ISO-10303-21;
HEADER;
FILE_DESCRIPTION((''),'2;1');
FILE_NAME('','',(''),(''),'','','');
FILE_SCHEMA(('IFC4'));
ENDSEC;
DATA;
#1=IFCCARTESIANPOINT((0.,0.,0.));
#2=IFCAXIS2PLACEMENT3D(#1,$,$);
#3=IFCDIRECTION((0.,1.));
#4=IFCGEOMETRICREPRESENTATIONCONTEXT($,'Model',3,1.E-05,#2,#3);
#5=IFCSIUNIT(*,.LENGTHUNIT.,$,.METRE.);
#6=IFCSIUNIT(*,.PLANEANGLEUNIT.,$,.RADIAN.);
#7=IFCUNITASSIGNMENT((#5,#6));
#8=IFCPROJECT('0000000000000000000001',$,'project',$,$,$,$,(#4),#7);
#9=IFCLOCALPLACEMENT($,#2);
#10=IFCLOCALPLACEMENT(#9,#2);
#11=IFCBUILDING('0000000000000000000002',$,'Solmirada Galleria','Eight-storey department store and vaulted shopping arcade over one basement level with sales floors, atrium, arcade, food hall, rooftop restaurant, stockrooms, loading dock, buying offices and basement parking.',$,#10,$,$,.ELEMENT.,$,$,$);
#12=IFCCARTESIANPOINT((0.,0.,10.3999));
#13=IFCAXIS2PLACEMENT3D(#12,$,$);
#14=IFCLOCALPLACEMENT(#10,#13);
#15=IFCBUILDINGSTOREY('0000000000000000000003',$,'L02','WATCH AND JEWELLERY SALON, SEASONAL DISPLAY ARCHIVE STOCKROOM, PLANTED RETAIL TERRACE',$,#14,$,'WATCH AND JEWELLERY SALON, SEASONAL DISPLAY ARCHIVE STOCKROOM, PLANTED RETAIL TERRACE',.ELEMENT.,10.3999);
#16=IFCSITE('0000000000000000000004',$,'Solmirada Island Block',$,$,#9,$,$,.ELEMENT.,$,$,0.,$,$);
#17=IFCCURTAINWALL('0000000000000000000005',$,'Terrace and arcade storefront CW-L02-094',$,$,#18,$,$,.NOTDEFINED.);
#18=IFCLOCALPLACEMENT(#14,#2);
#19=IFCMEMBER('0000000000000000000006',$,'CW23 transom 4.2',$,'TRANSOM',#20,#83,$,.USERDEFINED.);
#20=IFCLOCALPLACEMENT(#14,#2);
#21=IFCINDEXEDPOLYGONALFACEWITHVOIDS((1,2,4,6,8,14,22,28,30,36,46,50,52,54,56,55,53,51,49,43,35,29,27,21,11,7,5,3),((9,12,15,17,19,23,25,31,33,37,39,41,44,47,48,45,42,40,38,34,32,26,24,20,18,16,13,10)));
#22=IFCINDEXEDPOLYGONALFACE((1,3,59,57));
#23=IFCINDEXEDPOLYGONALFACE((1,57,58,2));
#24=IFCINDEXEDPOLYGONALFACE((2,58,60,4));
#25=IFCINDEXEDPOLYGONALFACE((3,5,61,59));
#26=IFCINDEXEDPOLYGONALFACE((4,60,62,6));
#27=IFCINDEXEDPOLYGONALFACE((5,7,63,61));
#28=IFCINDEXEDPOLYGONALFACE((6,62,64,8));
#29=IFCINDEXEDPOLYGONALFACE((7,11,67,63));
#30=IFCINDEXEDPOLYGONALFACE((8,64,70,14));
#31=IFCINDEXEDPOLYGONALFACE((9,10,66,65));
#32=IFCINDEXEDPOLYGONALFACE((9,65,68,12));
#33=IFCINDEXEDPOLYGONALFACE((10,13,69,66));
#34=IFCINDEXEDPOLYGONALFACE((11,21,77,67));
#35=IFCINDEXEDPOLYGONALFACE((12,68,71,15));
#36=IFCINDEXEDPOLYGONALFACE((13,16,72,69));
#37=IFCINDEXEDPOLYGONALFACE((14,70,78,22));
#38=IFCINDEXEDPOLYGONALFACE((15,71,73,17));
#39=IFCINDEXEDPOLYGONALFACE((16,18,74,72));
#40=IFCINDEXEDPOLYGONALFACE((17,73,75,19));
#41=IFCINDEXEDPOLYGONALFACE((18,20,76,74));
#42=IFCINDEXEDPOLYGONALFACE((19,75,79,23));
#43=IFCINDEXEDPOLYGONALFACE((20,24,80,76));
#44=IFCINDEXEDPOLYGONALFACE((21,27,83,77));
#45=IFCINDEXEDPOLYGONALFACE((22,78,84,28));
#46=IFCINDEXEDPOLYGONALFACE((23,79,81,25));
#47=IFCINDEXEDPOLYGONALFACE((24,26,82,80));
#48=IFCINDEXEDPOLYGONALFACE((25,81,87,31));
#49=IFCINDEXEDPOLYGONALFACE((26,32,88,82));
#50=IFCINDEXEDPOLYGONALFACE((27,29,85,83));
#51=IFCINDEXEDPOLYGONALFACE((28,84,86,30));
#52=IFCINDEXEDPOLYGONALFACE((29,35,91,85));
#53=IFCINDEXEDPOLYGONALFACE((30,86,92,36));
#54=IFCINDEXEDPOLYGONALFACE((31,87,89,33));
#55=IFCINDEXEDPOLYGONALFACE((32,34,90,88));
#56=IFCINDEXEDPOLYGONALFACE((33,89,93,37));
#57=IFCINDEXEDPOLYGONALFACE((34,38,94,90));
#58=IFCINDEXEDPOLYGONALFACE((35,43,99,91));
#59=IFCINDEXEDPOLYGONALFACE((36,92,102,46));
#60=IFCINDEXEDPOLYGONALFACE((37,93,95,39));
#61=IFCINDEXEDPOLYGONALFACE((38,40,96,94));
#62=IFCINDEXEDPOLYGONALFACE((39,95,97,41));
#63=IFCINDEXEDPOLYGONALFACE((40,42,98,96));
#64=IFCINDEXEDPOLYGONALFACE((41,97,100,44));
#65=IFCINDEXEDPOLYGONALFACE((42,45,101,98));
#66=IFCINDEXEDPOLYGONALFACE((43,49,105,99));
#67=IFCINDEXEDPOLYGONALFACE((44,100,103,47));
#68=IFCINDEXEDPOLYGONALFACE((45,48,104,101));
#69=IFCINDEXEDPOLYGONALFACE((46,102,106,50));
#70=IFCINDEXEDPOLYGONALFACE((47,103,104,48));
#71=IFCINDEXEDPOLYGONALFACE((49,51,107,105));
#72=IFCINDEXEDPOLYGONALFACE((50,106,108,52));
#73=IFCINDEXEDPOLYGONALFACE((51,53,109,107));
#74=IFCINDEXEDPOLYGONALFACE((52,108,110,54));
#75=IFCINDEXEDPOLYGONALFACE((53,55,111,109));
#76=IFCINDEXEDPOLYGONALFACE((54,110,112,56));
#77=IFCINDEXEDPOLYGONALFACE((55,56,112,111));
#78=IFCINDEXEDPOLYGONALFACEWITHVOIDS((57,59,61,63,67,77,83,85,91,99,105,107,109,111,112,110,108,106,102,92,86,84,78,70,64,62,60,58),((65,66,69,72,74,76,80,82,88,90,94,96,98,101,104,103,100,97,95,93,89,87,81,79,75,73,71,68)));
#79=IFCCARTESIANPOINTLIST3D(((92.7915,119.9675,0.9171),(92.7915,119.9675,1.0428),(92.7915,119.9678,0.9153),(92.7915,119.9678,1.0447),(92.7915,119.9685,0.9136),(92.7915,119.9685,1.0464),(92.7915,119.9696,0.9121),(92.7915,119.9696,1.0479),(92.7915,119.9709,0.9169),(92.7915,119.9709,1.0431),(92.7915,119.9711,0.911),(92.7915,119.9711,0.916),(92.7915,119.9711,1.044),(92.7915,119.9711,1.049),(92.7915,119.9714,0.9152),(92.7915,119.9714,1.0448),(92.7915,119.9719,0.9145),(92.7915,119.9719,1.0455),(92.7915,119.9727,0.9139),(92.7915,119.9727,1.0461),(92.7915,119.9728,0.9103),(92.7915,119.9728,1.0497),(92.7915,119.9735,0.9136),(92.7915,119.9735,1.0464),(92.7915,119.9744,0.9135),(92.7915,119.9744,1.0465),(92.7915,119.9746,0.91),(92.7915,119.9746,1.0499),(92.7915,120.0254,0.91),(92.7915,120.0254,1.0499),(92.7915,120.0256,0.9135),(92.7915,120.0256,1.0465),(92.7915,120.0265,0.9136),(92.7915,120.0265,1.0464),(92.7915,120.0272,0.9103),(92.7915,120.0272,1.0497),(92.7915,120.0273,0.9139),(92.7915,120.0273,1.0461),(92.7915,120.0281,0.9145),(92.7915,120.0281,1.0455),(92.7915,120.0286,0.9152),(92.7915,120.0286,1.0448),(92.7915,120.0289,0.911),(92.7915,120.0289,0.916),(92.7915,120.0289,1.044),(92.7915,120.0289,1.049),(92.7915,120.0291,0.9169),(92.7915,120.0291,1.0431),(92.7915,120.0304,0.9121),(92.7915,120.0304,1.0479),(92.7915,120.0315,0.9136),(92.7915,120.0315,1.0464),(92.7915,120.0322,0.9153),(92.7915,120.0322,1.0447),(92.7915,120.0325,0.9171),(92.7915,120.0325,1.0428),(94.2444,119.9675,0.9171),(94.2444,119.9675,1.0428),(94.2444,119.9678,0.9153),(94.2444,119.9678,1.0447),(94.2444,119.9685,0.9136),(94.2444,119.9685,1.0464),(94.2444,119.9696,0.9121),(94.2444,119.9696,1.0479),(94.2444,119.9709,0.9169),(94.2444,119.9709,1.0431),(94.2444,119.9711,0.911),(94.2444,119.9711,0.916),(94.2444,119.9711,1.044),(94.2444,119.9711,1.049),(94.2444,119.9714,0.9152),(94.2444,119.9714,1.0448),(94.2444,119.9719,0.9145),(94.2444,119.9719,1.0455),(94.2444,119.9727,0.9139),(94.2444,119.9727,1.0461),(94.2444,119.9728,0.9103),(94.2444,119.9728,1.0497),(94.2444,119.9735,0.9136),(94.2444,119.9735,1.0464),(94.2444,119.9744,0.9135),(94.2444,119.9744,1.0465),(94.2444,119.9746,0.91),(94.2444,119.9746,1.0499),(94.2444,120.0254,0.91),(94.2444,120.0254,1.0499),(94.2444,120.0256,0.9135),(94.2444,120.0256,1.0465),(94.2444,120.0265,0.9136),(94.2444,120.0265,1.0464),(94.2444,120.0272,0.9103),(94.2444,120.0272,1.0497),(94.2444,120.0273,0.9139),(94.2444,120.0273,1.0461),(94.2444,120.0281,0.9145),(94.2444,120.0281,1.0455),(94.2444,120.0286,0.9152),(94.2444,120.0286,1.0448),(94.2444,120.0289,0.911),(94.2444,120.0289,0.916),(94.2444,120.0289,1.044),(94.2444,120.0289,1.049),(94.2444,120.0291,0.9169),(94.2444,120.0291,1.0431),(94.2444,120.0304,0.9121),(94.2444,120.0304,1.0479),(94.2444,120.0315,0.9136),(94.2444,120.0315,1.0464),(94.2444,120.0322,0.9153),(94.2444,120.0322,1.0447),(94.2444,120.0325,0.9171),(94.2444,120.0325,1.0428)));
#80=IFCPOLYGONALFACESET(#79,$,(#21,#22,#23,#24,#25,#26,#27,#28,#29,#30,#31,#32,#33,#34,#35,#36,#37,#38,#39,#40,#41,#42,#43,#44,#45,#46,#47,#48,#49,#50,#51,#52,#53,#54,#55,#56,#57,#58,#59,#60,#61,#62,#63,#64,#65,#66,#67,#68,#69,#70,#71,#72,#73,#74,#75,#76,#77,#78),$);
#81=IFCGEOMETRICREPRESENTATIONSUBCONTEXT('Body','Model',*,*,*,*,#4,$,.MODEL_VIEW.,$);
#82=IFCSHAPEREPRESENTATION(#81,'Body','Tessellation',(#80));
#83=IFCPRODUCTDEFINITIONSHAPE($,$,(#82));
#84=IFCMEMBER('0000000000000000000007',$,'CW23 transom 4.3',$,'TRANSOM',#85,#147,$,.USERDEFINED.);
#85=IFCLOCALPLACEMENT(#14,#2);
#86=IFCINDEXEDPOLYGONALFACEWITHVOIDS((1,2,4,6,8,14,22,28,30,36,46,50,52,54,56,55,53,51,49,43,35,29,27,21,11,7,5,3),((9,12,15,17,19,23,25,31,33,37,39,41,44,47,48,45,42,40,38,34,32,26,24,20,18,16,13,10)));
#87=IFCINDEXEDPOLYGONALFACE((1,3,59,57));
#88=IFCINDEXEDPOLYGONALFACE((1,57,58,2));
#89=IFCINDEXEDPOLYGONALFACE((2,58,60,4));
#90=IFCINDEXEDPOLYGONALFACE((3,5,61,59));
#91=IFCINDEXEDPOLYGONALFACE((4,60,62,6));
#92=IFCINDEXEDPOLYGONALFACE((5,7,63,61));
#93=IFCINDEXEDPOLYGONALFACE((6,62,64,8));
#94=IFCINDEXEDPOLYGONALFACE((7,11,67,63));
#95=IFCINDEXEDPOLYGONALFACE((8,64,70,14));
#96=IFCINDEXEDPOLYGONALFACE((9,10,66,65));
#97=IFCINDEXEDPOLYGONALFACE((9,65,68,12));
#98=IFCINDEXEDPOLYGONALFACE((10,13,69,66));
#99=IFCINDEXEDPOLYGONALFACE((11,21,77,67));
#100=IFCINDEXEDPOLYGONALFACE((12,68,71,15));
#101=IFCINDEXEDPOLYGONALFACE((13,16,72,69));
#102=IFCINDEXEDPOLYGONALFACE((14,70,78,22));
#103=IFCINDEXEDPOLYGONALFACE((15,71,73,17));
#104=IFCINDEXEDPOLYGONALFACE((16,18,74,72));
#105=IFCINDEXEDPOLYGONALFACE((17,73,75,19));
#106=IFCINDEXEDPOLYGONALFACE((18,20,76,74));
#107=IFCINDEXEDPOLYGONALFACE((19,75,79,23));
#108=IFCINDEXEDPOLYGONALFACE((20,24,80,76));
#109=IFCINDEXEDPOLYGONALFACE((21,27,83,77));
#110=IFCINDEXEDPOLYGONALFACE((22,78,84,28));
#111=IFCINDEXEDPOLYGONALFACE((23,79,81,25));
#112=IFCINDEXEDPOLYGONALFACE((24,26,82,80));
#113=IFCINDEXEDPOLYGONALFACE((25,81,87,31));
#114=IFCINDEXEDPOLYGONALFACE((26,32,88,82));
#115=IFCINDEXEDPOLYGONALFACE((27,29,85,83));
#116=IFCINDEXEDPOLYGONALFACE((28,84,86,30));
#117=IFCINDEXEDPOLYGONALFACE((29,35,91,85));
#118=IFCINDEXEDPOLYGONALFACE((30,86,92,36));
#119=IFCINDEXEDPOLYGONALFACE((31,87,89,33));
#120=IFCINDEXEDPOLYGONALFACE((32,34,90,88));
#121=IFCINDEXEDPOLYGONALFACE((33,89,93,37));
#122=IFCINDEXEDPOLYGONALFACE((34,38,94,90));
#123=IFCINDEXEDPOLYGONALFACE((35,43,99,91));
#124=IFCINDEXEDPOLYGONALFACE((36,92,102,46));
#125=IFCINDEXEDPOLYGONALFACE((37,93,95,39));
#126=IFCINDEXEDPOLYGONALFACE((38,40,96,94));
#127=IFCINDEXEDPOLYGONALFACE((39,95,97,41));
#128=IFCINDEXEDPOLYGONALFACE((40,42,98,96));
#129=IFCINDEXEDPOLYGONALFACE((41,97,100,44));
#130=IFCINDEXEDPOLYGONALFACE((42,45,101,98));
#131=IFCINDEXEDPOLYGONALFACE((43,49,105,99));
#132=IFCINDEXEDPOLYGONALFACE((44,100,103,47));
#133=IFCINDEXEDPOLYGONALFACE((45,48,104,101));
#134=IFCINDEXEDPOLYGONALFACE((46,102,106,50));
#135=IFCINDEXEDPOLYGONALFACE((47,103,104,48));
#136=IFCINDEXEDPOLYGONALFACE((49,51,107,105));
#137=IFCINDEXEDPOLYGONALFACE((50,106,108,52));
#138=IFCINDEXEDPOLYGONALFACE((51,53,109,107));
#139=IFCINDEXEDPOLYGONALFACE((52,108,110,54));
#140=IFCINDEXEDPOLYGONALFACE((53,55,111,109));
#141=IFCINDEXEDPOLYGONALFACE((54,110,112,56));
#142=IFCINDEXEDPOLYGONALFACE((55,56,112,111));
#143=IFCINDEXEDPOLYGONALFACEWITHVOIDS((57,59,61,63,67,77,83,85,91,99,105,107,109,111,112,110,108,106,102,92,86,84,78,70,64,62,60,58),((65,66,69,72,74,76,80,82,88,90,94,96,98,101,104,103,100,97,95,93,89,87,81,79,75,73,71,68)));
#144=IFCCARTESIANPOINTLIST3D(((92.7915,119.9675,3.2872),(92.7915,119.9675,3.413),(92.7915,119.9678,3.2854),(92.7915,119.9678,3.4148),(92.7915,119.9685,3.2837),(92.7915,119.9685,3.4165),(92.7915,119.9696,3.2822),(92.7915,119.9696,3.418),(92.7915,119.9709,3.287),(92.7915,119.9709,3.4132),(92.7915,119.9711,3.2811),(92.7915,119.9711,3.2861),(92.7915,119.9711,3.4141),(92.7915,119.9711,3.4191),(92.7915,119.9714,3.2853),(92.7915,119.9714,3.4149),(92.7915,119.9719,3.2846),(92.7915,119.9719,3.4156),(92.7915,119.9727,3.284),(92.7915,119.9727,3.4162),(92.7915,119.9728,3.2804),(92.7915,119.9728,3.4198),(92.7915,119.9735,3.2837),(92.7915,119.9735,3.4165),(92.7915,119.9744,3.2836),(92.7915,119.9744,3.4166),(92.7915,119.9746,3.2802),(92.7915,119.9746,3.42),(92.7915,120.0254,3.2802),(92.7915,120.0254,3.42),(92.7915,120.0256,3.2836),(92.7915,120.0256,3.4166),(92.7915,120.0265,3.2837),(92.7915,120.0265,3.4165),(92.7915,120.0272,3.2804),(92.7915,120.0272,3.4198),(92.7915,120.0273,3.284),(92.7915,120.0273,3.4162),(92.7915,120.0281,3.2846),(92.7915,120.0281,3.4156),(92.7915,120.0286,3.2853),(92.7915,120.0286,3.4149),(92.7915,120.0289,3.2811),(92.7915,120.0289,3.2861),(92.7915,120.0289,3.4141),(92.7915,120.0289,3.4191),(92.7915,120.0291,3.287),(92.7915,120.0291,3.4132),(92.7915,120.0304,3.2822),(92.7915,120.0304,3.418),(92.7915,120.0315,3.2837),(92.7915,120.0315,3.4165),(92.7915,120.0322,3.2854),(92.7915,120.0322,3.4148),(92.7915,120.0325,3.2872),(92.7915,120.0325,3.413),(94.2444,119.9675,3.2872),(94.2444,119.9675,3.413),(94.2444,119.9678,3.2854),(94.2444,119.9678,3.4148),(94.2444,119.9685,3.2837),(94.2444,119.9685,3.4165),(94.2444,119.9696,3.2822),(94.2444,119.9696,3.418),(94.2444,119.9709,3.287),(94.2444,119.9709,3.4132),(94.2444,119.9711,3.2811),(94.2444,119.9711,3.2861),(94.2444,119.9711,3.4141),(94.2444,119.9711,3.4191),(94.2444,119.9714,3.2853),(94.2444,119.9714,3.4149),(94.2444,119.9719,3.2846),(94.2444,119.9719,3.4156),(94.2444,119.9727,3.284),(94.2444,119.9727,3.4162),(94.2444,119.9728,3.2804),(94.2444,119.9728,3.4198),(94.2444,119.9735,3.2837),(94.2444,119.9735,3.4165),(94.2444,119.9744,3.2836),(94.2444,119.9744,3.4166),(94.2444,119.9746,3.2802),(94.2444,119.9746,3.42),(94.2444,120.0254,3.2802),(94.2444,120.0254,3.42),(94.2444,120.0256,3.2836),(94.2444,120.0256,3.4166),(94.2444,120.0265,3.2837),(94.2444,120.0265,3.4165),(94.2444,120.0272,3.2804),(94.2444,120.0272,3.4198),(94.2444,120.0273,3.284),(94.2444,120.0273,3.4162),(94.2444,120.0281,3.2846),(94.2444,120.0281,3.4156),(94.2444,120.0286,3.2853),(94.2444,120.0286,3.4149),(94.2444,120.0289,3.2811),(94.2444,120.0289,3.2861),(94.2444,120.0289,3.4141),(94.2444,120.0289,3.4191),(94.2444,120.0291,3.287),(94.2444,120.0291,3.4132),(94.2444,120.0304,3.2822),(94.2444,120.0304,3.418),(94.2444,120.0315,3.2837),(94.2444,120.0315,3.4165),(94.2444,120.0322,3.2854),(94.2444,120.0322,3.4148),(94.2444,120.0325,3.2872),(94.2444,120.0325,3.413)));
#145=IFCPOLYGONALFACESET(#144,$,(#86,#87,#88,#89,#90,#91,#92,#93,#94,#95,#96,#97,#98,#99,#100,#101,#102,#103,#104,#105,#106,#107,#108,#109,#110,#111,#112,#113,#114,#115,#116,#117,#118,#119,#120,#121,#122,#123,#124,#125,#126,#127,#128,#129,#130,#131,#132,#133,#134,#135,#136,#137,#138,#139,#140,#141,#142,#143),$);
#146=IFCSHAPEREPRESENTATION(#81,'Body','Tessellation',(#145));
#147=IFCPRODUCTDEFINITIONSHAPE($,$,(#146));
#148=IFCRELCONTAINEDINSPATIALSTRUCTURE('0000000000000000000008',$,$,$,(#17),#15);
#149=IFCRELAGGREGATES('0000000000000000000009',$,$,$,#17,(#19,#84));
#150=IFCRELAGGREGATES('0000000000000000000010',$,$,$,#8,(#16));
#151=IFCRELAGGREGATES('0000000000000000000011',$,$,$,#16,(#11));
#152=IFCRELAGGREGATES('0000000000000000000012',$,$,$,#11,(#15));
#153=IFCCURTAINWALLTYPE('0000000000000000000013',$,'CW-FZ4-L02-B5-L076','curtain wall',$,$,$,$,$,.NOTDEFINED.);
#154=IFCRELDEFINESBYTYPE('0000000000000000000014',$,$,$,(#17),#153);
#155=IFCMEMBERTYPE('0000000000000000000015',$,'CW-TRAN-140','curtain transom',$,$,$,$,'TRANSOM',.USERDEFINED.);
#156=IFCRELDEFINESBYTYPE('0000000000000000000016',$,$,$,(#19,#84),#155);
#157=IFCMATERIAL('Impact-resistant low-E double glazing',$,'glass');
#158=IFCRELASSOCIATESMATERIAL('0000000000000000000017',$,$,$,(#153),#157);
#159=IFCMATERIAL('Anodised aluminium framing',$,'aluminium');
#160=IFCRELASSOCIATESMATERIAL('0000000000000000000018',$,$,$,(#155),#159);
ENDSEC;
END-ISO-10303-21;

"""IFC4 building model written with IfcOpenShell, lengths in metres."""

from ifc_helpers import new_model, si_unit, direction, frame, origin, origin_2d, place, context, subcontext, project, spatial, hollow_rectangle, extrude, material, material_profile, profile_set, type_object, element, aggregate, save


model = new_model("IFC4")

# Units and contexts
model_context = context("Model", 3, precision=1e-05, world=origin(), true_north=direction((0.0, 1.0)))
body_context = subcontext(model_context, "Body", "Model", "MODEL_VIEW")
ifc_project = project(units=[si_unit("LENGTHUNIT", "METRE"), si_unit("PLANEANGLEUNIT", "RADIAN")], contexts=[model_context])

# Site, building, storey
site_placement = place(None, origin())
site = spatial("IfcSite", under=ifc_project, at=site_placement, Name="Solmirada Island Block", CompositionType="ELEMENT", RefElevation=0.0)
building_placement = place(site_placement, origin())
building = spatial("IfcBuilding", under=site, at=building_placement, Name="Solmirada Galleria", Description="Eight-storey department store and vaulted shopping arcade over one basement level with sales floors, atrium, arcade, food hall, rooftop restaurant, stockrooms, loading dock, buying offices and basement parking.", CompositionType="ELEMENT")
storey_placement = place(building_placement, frame((0.0, 0.0, 10.3999)))
storey = spatial("IfcBuildingStorey", under=building, at=storey_placement, Name="L02", Description="WATCH AND JEWELLERY SALON, SEASONAL DISPLAY ARCHIVE STOCKROOM, PLANTED RETAIL TERRACE", LongName="WATCH AND JEWELLERY SALON, SEASONAL DISPLAY ARCHIVE STOCKROOM, PLANTED RETAIL TERRACE", CompositionType="ELEMENT", Elevation=10.3999)

# Curtain wall
ifc_material_1 = material(Name="Impact-resistant low-E double glazing", Category="glass")
curtain_wall_type = type_object("IfcCurtainWallType", Name="CW-FZ4-L02-B5-L076", Description="curtain wall", PredefinedType="NOTDEFINED", material=ifc_material_1)
curtain_wall_1_placement = place(storey_placement, origin())
curtain_wall_1 = element("IfcCurtainWall", 1, at=curtain_wall_1_placement, inside=storey, type_object=curtain_wall_type, Name="Terrace and arcade storefront CW-L02-094", PredefinedType="NOTDEFINED")
ifc_material_2 = material(Name="Anodised aluminium framing", Category="aluminium")

# Members
ifc_material_profile_1 = material_profile(ifc_material_2, hollow_rectangle(XDim=0.0649, YDim=0.1399, WallThickness=0.0034, InnerFilletRadius=0.0034, OuterFilletRadius=0.0071, at=origin_2d()), Name="ALU-TRAN-140X65")
ifc_profile_set_1 = profile_set([ifc_material_profile_1], Name="Anodised aluminium framing")
member_type_1 = type_object("IfcMemberType", Name="CW-TRAN-140", Description="curtain transom", ElementType="TRANSOM", PredefinedType="USERDEFINED", material=ifc_profile_set_1)
member_1_placement = place(storey_placement, frame((92.7915, 120.0, 0.98), z_axis=(1.0, 0.0, 0.0), x_axis=(0.0, 1.0, 0.0)))
member_1 = element("IfcMember", 2, at=member_1_placement, type_object=member_type_1, Name="CW23 transom 4.2", ObjectType="TRANSOM", PredefinedType="USERDEFINED", context=body_context, shape_type="SweptSolid", body=[
    extrude(hollow_rectangle(XDim=0.0649, YDim=0.1399, WallThickness=0.0034, InnerFilletRadius=0.0034, OuterFilletRadius=0.0071, at=origin_2d()), origin(), (0.0, 0.0, 1.0), 1.4529),
])
member_2_placement = place(storey_placement, frame((92.7915, 120.0, 3.3501), z_axis=(1.0, 0.0, 0.0), x_axis=(0.0, 1.0, 0.0)))
member_2 = element("IfcMember", 3, at=member_2_placement, type_object=member_type_1, Name="CW23 transom 4.3", ObjectType="TRANSOM", PredefinedType="USERDEFINED", context=body_context, shape_type="SweptSolid", body=[
    extrude(hollow_rectangle(XDim=0.0649, YDim=0.1399, WallThickness=0.0034, InnerFilletRadius=0.0034, OuterFilletRadius=0.0071, at=origin_2d()), origin(), (0.0, 0.0, 1.0), 1.4529),
])

aggregate(curtain_wall_1, [member_1, member_2])

save(model, "model.ifc")
